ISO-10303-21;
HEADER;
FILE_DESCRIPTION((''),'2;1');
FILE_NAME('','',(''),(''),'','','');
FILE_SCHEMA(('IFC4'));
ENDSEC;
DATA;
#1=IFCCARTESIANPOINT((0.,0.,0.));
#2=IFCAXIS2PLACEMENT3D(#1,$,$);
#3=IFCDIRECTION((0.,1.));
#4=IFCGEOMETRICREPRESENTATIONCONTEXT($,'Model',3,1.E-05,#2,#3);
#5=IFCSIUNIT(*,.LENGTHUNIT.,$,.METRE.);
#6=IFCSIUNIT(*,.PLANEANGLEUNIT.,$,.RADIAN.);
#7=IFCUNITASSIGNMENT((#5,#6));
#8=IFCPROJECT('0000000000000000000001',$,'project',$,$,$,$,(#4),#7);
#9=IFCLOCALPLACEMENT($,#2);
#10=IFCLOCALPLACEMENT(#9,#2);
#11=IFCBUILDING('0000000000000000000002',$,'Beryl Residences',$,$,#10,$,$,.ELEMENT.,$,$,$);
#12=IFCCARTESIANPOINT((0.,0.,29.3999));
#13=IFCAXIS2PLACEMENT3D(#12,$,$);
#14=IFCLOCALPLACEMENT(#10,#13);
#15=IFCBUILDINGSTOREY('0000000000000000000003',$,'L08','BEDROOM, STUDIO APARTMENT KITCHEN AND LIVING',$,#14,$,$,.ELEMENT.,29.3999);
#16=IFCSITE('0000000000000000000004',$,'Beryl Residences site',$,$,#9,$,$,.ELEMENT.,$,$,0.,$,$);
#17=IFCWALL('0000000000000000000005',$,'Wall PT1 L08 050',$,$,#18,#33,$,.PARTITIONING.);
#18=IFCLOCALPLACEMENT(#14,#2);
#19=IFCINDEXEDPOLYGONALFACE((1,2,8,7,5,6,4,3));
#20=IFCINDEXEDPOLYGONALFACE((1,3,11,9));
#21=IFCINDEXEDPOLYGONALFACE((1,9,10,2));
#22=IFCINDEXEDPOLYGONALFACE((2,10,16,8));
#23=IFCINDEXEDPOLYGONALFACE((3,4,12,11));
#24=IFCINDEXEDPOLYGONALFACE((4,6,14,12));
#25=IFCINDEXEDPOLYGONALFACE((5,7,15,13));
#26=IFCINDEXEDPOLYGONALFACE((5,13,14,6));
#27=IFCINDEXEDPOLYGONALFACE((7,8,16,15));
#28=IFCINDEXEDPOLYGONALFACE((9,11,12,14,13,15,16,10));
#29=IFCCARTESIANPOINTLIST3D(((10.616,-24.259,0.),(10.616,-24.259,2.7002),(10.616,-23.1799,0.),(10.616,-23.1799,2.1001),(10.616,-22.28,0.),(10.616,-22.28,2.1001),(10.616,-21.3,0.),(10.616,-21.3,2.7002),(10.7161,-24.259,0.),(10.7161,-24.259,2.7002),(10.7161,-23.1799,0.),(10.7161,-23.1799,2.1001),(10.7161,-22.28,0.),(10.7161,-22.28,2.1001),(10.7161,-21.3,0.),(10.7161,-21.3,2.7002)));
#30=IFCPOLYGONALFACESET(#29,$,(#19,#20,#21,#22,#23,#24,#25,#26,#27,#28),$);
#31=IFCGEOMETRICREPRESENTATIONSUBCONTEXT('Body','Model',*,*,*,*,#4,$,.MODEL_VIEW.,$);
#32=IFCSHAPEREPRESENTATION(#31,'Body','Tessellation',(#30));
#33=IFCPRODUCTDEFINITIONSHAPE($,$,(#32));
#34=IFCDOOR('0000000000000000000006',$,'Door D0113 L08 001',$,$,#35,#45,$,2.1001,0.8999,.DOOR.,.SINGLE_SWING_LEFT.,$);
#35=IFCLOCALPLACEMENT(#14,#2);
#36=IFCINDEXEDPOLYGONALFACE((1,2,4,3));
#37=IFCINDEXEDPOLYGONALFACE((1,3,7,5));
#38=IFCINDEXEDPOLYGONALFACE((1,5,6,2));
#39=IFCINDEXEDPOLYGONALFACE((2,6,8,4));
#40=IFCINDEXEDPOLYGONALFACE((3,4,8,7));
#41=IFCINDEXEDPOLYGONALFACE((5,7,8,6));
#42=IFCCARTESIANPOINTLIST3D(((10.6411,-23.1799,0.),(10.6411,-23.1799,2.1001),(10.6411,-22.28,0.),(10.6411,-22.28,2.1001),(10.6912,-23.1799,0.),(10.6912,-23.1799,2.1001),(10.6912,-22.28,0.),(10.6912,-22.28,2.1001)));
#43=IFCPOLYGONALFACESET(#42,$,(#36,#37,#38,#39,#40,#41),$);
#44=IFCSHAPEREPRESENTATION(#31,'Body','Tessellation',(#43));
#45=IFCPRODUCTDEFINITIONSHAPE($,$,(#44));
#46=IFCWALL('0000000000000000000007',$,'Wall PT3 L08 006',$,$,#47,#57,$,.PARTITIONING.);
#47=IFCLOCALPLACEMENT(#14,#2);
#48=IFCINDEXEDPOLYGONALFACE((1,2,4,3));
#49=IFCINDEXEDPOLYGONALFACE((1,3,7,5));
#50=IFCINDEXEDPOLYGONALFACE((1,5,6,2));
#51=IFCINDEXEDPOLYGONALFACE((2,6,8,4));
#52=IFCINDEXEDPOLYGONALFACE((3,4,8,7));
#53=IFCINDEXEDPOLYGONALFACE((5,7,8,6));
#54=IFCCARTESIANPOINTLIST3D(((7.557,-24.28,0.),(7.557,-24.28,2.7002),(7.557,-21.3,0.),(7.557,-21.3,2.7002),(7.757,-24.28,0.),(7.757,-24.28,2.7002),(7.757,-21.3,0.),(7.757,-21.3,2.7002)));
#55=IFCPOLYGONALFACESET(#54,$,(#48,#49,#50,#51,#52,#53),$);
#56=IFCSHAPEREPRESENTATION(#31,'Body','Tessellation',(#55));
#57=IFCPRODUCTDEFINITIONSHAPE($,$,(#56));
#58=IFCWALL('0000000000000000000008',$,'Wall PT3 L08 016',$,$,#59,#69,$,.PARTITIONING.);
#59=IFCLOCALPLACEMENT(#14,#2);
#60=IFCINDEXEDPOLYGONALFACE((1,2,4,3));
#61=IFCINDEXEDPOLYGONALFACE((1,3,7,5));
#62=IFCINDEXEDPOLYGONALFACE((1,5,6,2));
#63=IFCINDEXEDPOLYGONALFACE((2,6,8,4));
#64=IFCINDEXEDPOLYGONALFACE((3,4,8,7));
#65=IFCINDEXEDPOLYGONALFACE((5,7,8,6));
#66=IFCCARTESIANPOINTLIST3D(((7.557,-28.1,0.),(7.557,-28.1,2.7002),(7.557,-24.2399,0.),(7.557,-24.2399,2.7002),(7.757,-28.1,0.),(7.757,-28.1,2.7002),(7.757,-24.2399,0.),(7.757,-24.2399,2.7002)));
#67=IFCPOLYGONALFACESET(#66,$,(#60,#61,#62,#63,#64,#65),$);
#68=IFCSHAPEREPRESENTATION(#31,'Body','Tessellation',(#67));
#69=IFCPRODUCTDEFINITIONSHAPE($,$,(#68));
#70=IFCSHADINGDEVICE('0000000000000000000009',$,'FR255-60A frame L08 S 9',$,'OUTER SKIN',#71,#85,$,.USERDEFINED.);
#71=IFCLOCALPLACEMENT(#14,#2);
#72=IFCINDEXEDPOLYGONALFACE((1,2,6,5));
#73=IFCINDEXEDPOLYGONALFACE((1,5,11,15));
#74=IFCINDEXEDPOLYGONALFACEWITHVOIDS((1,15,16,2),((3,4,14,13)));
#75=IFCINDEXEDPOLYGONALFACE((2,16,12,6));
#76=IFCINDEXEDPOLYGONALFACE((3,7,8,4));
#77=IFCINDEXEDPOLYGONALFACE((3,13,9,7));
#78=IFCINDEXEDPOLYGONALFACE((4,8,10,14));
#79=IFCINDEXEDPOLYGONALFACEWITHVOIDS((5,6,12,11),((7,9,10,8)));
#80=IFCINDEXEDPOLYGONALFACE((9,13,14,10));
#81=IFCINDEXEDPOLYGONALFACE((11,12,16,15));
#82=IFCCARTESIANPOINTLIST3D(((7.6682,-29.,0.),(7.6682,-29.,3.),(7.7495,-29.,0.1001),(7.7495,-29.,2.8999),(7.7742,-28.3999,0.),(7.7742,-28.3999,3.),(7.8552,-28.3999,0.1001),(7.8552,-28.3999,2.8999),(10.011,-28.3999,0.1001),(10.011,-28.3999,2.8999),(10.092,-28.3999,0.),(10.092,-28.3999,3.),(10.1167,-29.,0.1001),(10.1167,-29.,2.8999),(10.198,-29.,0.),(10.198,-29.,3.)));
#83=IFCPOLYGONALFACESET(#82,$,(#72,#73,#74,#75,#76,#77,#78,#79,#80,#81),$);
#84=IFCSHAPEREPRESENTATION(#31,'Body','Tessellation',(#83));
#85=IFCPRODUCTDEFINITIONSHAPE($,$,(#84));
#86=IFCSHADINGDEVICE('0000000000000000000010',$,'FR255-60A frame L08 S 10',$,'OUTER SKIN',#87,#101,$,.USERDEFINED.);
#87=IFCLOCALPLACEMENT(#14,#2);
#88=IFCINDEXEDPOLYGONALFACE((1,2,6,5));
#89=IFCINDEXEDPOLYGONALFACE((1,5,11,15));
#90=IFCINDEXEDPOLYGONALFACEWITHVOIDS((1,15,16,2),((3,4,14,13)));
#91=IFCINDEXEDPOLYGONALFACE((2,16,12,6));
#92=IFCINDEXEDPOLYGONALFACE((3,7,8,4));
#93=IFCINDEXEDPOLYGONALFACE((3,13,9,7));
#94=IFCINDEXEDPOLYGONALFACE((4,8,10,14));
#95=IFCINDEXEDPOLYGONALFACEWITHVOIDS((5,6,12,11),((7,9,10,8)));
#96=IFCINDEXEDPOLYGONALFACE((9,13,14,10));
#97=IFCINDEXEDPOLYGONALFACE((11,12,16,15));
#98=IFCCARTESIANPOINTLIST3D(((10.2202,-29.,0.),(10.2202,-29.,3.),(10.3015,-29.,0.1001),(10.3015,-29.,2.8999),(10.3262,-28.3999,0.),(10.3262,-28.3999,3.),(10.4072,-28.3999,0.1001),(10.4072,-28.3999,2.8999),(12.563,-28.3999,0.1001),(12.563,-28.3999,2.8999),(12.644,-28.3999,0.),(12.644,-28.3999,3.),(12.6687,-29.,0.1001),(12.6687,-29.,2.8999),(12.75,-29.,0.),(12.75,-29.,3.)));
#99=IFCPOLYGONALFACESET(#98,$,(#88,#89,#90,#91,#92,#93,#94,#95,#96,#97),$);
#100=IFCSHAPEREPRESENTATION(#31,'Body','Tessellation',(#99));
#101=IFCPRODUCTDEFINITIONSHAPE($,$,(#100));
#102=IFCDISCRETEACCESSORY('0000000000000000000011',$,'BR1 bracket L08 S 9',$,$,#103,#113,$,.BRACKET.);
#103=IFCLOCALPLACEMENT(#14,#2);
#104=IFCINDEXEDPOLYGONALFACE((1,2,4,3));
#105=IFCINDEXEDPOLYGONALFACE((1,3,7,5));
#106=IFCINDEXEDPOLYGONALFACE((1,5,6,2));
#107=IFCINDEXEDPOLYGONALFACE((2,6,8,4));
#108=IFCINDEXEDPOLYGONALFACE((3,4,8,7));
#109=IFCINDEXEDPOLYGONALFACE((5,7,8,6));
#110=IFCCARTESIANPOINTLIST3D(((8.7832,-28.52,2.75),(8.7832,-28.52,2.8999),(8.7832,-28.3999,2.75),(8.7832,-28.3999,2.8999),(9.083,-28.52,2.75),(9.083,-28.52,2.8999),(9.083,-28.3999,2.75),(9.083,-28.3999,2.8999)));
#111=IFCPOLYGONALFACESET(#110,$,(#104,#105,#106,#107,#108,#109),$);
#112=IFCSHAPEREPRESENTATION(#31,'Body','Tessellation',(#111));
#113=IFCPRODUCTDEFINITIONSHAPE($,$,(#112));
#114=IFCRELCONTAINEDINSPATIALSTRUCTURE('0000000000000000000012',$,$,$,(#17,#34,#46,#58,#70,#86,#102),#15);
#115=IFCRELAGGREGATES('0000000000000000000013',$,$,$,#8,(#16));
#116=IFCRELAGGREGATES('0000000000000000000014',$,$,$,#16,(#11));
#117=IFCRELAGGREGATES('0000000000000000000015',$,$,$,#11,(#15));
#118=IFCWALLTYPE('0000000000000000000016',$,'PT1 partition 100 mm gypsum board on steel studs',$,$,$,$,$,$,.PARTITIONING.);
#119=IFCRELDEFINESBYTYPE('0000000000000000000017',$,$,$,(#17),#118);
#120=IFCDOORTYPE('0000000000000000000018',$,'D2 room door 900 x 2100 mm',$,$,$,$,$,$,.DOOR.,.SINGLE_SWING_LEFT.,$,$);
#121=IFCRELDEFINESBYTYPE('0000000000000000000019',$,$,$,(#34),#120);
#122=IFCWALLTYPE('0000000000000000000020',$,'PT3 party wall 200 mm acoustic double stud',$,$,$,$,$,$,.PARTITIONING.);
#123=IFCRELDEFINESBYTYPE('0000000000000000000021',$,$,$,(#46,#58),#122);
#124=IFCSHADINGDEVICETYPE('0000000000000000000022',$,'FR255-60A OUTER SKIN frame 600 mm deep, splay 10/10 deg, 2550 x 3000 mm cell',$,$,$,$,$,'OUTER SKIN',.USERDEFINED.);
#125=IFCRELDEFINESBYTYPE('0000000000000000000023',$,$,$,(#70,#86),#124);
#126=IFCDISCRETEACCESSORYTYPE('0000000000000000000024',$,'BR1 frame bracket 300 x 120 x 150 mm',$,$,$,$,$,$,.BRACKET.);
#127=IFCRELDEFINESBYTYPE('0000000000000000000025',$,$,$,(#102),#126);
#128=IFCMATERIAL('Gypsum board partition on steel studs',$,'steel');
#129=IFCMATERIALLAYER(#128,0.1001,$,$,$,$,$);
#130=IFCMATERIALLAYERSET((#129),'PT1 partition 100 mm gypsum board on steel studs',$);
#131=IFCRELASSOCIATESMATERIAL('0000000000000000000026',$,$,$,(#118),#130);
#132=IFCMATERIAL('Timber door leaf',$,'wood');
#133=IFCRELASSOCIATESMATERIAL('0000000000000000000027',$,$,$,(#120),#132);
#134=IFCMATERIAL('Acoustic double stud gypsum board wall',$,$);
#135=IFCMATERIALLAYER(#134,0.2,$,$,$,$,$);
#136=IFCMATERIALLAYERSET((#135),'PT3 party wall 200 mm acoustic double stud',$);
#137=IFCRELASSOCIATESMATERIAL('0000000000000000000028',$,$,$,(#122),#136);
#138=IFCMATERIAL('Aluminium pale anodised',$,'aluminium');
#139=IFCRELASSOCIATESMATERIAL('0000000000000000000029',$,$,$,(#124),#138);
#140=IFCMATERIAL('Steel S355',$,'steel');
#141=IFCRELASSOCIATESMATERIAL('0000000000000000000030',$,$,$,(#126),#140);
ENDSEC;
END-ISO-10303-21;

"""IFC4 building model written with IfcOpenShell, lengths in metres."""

from ifc_helpers import new_model, entity, si_unit, direction, frame, frame_2d, origin, place, context, subcontext, project, spatial, polyline, rectangle, outline, extrude, source, transform, mapped, material, layer, layer_set, type_object, type_shapes, element, fill, save


model = new_model("IFC4")

# Units and contexts
model_context = context("Model", 3, precision=1e-05, world=origin(), true_north=direction((0.0, 1.0)))
body_context = subcontext(model_context, "Body", "Model", "MODEL_VIEW")
ifc_project = project(units=[si_unit("LENGTHUNIT", "METRE"), si_unit("PLANEANGLEUNIT", "RADIAN")], contexts=[model_context])

# Site, building, storey
site_placement = place(None, origin())
site = spatial("IfcSite", under=ifc_project, at=site_placement, Name="Beryl Residences site", CompositionType="ELEMENT", RefElevation=0.0)
building_placement = place(site_placement, origin())
building = spatial("IfcBuilding", under=site, at=building_placement, Name="Beryl Residences", CompositionType="ELEMENT")
storey_placement = place(building_placement, frame((0.0, 0.0, 29.3999)))
storey = spatial("IfcBuildingStorey", under=building, at=storey_placement, Name="L08", Description="BEDROOM, STUDIO APARTMENT KITCHEN AND LIVING", CompositionType="ELEMENT", Elevation=29.3999)

# Shared definitions
ifc_material_1 = material(Name="Gypsum board partition on steel studs", Category="steel")
ifc_layer_1 = layer(ifc_material_1, 0.1001)
ifc_layer_set_1 = layer_set([ifc_layer_1], Name="PT1 partition 100 mm gypsum board on steel studs")
wall_type_1 = type_object("IfcWallType", Name="PT1 partition 100 mm gypsum board on steel studs", PredefinedType="PARTITIONING", material=ifc_layer_set_1)

# Wall, opening, door
wall_1_placement = place(storey_placement, frame((10.666, -24.259, 0.0), z_axis=(0.0, 0.0, 1.0), x_axis=(0.0, 1.0, 0.0)))
wall_1 = element("IfcWall", 1, at=wall_1_placement, inside=storey, type_object=wall_type_1, Name="Wall PT1 L08 050", PredefinedType="PARTITIONING", context=body_context, shape_type="SweptSolid", body=[
    extrude(rectangle(XDim=2.959, YDim=0.1001, at=frame_2d((1.4795, 0.0))), origin(), (0.0, 0.0, 1.0), 2.7002),
])
opening_1_placement = place(wall_1_placement, frame((1.0791, 0.0, 0.0)))
opening_1 = element("IfcOpeningElement", 2, at=opening_1_placement, cuts=wall_1, PredefinedType="OPENING", context=body_context, shape_type="SweptSolid", body=[
    extrude(rectangle(XDim=0.8999, YDim=2.1001, at=frame_2d((0.45, 1.05))), frame((0.0, 0.0601, 0.0), z_axis=(0.0, -1.0, 0.0), x_axis=(1.0, 0.0, 0.0)), (0.0, 0.0, 1.0), 0.1201),
])
ifc_material_2 = material(Name="Timber door leaf", Category="wood")
door_type_1 = type_object("IfcDoorType", Name="D2 room door 900 x 2100 mm", OperationType="SINGLE_SWING_LEFT", PredefinedType="DOOR", material=ifc_material_2)
door_1_placement = place(opening_1_placement, origin())
door_1 = element("IfcDoor", 3, at=door_1_placement, inside=storey, type_object=door_type_1, Name="Door D0113 L08 001", OperationType="SINGLE_SWING_LEFT", OverallHeight=2.1001, OverallWidth=0.8999, PredefinedType="DOOR", context=body_context, shape_type="SweptSolid", body=[
    extrude(rectangle(XDim=0.8999, YDim=2.1001, at=frame_2d((0.45, 1.05))), frame((0.0, 0.0249, 0.0), z_axis=(0.0, -1.0, 0.0), x_axis=(1.0, 0.0, 0.0)), (0.0, 0.0, 1.0), 0.05),
])
fill(opening_1, door_1)

# Walls
ifc_material_3 = material(Name="Acoustic double stud gypsum board wall")
ifc_layer_2 = layer(ifc_material_3, 0.2)
ifc_layer_set_2 = layer_set([ifc_layer_2], Name="PT3 party wall 200 mm acoustic double stud")
wall_type_2 = type_object("IfcWallType", Name="PT3 party wall 200 mm acoustic double stud", PredefinedType="PARTITIONING", material=ifc_layer_set_2)
wall_2_placement = place(storey_placement, frame((7.657, -21.3, 0.0), z_axis=(0.0, 0.0, 1.0), x_axis=(0.0, -1.0, 0.0)))
element("IfcWall", 4, at=wall_2_placement, inside=storey, type_object=wall_type_2, Name="Wall PT3 L08 006", PredefinedType="PARTITIONING", context=body_context, shape_type="SweptSolid", body=[
    extrude(rectangle(XDim=2.98, YDim=0.2, at=frame_2d((1.49, 0.0))), origin(), (0.0, 0.0, 1.0), 2.7002),
])
wall_3_placement = place(storey_placement, frame((7.657, -28.1001, 0.0), z_axis=(0.0, 0.0, 1.0), x_axis=(0.0, 1.0, 0.0)))
element("IfcWall", 5, at=wall_3_placement, inside=storey, type_object=wall_type_2, Name="Wall PT3 L08 016", PredefinedType="PARTITIONING", context=body_context, shape_type="SweptSolid", body=[
    extrude(rectangle(XDim=3.8601, YDim=0.2, at=frame_2d((1.9302, 0.0))), origin(), (0.0, 0.0, 1.0), 2.7002),
])

# Shading devices
ifc_material_4 = material(Name="Aluminium pale anodised", Category="aluminium")
shading_device_type = type_object("IfcShadingDeviceType", Name="FR255-60A OUTER SKIN frame 600 mm deep, splay 10/10 deg, 2550 x 3000 mm cell", ElementType="OUTER SKIN", PredefinedType="USERDEFINED", material=ifc_material_4)
cartesian_point_1 = entity("IfcCartesianPoint", [-1.1589, 0.0])
cartesian_point_2 = entity("IfcCartesianPoint", [-1.0779, 0.1001])
cartesian_point_3 = entity("IfcCartesianPoint", [-1.2649, 0.0])
cartesian_point_4 = entity("IfcCartesianPoint", [-1.1836, 0.1001])
shared_shape_1 = source(origin(), body_context, "Body", "SweptSolid", [
    entity("IfcExtrudedAreaSolidTapered", entity("IfcArbitraryProfileDefWithVoids", "AREA", None, entity("IfcPolyline", [cartesian_point_1, entity("IfcCartesianPoint", [1.1589, 0.0]), entity("IfcCartesianPoint", [1.1589, 3.0]), entity("IfcCartesianPoint", [-1.1589, 3.0]), cartesian_point_1]), [entity("IfcPolyline", [cartesian_point_2, entity("IfcCartesianPoint", [1.0779, 0.1001]), entity("IfcCartesianPoint", [1.0779, 2.8999]), entity("IfcCartesianPoint", [-1.0779, 2.8999]), cartesian_point_2])]), entity("IfcAxis2Placement3D", entity("IfcCartesianPoint", [0.0, 0.0, 0.0]), entity("IfcDirection", [0.0, 1.0, 0.0]), entity("IfcDirection", [-1.0, 0.0, 0.0])), entity("IfcDirection", [0.0, 0.0, 1.0]), 0.6001, entity("IfcArbitraryProfileDefWithVoids", "AREA", None, entity("IfcPolyline", [cartesian_point_3, entity("IfcCartesianPoint", [1.2649, 0.0]), entity("IfcCartesianPoint", [1.2649, 3.0]), entity("IfcCartesianPoint", [-1.2649, 3.0]), cartesian_point_3]), [entity("IfcPolyline", [cartesian_point_4, entity("IfcCartesianPoint", [1.1836, 0.1001]), entity("IfcCartesianPoint", [1.1836, 2.8999]), entity("IfcCartesianPoint", [-1.1836, 2.8999]), cartesian_point_4])])),
])
type_shapes(shading_device_type, [shared_shape_1])
for number, where, z_axis, x_axis, name in (
    (6, (8.9331, -28.3999, 0.0), (0.0, 0.0, 1.0), (-1.0, 0.0, 0.0), "FR255-60A frame L08 S 9"),
    (7, (11.4851, -28.3999, 0.0), (0.0, 0.0, 1.0), (-1.0, 0.0, 0.0), "FR255-60A frame L08 S 10"),
):
    element("IfcShadingDevice", number, at=place(storey_placement, frame(where, z_axis=z_axis, x_axis=x_axis)), inside=storey, type_object=shading_device_type, Name=name, ObjectType="OUTER SKIN", PredefinedType="USERDEFINED", context=body_context, shape_type="MappedRepresentation", body=[
        mapped(shared_shape_1, transform((0.0, 0.0, 0.0))),
    ])

# Discrete accessory
ifc_material_5 = material(Name="Steel S355", Category="steel")
discrete_accessory_type = type_object("IfcDiscreteAccessoryType", Name="BR1 frame bracket 300 x 120 x 150 mm", PredefinedType="BRACKET", material=ifc_material_5)
shared_shape_2 = source(origin(), body_context, "Body", "SweptSolid", [
    extrude(outline(polyline([(-0.1499, 0.0), (0.1499, 0.0), (0.1499, 0.1201), (-0.1499, 0.1201), (-0.1499, 0.0)])), origin(), (0.0, 0.0, 1.0), 0.1499),
])
type_shapes(discrete_accessory_type, [shared_shape_2])
discrete_accessory_placement = place(storey_placement, frame((8.9331, -28.3999, 2.75), z_axis=(0.0, 0.0, 1.0), x_axis=(-1.0, 0.0, 0.0)))
element("IfcDiscreteAccessory", 8, at=discrete_accessory_placement, inside=storey, type_object=discrete_accessory_type, Name="BR1 bracket L08 S 9", PredefinedType="BRACKET", context=body_context, shape_type="MappedRepresentation", body=[
    mapped(shared_shape_2, transform((0.0, 0.0, 0.0))),
])

save(model, "model.ifc")
